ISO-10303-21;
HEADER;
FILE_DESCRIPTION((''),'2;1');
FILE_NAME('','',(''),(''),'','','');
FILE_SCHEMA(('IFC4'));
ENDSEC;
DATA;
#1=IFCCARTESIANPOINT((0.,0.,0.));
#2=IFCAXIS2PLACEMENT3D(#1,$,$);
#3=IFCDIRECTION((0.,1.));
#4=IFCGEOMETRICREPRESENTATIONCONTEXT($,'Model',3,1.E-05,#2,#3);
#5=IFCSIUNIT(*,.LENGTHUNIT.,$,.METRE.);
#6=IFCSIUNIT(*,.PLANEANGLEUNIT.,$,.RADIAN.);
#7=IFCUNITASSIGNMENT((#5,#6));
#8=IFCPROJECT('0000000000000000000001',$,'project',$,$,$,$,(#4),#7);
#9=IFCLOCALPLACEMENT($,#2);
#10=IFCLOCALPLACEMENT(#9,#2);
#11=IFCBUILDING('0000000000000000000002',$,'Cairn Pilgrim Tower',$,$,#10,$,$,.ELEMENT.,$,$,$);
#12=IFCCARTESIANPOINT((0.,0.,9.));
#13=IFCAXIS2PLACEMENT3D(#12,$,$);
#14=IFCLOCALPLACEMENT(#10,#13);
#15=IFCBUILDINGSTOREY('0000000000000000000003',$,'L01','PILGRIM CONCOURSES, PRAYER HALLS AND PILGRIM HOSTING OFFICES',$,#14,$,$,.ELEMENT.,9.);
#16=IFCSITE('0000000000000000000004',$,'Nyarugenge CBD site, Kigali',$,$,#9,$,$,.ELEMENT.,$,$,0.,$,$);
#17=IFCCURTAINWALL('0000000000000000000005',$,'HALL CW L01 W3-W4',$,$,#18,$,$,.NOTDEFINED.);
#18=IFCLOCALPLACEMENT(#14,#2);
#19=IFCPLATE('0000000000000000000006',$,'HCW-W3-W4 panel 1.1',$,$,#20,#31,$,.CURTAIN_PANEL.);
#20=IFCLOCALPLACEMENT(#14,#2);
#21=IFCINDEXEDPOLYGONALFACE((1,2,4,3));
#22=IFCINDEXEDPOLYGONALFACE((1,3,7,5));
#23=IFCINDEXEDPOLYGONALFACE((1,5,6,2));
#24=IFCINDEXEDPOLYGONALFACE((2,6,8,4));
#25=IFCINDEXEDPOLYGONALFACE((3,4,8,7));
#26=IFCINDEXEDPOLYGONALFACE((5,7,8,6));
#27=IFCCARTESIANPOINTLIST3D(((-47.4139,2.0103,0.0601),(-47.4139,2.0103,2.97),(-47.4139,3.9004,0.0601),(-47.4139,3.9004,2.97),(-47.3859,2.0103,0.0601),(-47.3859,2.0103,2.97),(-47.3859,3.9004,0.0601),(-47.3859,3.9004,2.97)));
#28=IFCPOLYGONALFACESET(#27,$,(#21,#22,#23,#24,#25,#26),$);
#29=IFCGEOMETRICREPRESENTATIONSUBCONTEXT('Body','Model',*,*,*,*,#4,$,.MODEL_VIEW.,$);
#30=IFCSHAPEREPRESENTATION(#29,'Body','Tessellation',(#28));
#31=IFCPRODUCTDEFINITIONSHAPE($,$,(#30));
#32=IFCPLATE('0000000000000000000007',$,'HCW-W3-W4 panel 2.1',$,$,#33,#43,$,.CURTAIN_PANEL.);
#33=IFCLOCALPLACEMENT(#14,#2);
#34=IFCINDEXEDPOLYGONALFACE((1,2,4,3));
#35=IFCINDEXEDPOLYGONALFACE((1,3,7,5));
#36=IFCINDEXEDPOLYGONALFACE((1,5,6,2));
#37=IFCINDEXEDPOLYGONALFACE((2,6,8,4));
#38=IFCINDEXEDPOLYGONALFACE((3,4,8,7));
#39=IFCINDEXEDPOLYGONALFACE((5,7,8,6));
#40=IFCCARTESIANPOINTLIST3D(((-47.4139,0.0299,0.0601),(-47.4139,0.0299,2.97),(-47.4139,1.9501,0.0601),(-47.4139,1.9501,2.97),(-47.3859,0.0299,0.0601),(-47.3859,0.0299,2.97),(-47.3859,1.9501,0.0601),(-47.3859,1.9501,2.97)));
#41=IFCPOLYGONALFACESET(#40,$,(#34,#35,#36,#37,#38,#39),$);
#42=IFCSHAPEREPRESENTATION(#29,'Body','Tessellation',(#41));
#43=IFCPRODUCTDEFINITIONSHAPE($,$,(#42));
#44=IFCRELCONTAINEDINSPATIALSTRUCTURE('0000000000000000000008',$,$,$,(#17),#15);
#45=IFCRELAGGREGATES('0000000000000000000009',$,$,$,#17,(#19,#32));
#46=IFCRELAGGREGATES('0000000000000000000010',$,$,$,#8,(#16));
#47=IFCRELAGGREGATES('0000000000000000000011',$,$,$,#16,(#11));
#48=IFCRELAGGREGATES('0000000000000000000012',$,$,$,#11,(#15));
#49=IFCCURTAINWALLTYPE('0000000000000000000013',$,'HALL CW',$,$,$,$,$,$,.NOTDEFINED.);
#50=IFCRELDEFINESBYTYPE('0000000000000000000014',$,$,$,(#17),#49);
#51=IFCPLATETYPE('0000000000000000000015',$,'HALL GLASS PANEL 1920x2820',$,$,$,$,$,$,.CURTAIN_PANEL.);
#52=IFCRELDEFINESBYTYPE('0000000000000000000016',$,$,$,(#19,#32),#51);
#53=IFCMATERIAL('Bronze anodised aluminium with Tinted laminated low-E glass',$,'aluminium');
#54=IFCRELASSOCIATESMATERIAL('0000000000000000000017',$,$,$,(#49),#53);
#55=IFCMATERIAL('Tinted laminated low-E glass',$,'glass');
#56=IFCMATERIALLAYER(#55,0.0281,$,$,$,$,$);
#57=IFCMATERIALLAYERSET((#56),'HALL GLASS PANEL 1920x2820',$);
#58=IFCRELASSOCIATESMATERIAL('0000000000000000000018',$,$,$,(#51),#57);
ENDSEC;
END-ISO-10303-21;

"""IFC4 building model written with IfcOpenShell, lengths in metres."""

from ifc_helpers import new_model, si_unit, direction, frame, origin, origin_2d, place, context, subcontext, project, spatial, rectangle, extrude, material, layer, layer_set, type_object, element, aggregate, save


model = new_model("IFC4")

# Units and contexts
model_context = context("Model", 3, precision=1e-05, world=origin(), true_north=direction((0.0, 1.0)))
body_context = subcontext(model_context, "Body", "Model", "MODEL_VIEW")
ifc_project = project(units=[si_unit("LENGTHUNIT", "METRE"), si_unit("PLANEANGLEUNIT", "RADIAN")], contexts=[model_context])

# Site, building, storey
site_placement = place(None, origin())
site = spatial("IfcSite", under=ifc_project, at=site_placement, Name="Nyarugenge CBD site, Kigali", CompositionType="ELEMENT", RefElevation=0.0)
building_placement = place(site_placement, origin())
building = spatial("IfcBuilding", under=site, at=building_placement, Name="Cairn Pilgrim Tower", CompositionType="ELEMENT")
storey_placement = place(building_placement, frame((0.0, 0.0, 9.0)))
storey = spatial("IfcBuildingStorey", under=building, at=storey_placement, Name="L01", Description="PILGRIM CONCOURSES, PRAYER HALLS AND PILGRIM HOSTING OFFICES", CompositionType="ELEMENT", Elevation=9.0)

# Curtain wall
ifc_material_1 = material(Name="Bronze anodised aluminium with Tinted laminated low-E glass", Category="aluminium")
curtain_wall_type = type_object("IfcCurtainWallType", Name="HALL CW", PredefinedType="NOTDEFINED", material=ifc_material_1)
curtain_wall_1_placement = place(storey_placement, origin())
curtain_wall_1 = element("IfcCurtainWall", 1, at=curtain_wall_1_placement, inside=storey, type_object=curtain_wall_type, Name="HALL CW L01 W3-W4", PredefinedType="NOTDEFINED")

# Plates
ifc_material_2 = material(Name="Tinted laminated low-E glass", Category="glass")
ifc_layer_1 = layer(ifc_material_2, 0.0281)
ifc_layer_set_1 = layer_set([ifc_layer_1], Name="HALL GLASS PANEL 1920x2820")
plate_type_1 = type_object("IfcPlateType", Name="HALL GLASS PANEL 1920x2820", PredefinedType="CURTAIN_PANEL", material=ifc_layer_set_1)
plate_1_placement = place(storey_placement, frame((-47.3999, 2.9553, 0.0601), z_axis=(0.0, 0.0, 1.0), x_axis=(0.0, -1.0, 0.0)))
plate_1 = element("IfcPlate", 2, at=plate_1_placement, type_object=plate_type_1, Name="HCW-W3-W4 panel 1.1", PredefinedType="CURTAIN_PANEL", context=body_context, shape_type="SweptSolid", body=[
    extrude(rectangle(XDim=1.8901, YDim=0.0281, at=origin_2d()), origin(), (0.0, 0.0, 1.0), 2.9099),
])
plate_2_placement = place(storey_placement, frame((-47.3999, 0.99, 0.0601), z_axis=(0.0, 0.0, 1.0), x_axis=(0.0, -1.0, 0.0)))
plate_2 = element("IfcPlate", 3, at=plate_2_placement, type_object=plate_type_1, Name="HCW-W3-W4 panel 2.1", PredefinedType="CURTAIN_PANEL", context=body_context, shape_type="SweptSolid", body=[
    extrude(rectangle(XDim=1.9202, YDim=0.0281, at=origin_2d()), origin(), (0.0, 0.0, 1.0), 2.9099),
])
aggregate(curtain_wall_1, [plate_1, plate_2])

save(model, "model.ifc")
